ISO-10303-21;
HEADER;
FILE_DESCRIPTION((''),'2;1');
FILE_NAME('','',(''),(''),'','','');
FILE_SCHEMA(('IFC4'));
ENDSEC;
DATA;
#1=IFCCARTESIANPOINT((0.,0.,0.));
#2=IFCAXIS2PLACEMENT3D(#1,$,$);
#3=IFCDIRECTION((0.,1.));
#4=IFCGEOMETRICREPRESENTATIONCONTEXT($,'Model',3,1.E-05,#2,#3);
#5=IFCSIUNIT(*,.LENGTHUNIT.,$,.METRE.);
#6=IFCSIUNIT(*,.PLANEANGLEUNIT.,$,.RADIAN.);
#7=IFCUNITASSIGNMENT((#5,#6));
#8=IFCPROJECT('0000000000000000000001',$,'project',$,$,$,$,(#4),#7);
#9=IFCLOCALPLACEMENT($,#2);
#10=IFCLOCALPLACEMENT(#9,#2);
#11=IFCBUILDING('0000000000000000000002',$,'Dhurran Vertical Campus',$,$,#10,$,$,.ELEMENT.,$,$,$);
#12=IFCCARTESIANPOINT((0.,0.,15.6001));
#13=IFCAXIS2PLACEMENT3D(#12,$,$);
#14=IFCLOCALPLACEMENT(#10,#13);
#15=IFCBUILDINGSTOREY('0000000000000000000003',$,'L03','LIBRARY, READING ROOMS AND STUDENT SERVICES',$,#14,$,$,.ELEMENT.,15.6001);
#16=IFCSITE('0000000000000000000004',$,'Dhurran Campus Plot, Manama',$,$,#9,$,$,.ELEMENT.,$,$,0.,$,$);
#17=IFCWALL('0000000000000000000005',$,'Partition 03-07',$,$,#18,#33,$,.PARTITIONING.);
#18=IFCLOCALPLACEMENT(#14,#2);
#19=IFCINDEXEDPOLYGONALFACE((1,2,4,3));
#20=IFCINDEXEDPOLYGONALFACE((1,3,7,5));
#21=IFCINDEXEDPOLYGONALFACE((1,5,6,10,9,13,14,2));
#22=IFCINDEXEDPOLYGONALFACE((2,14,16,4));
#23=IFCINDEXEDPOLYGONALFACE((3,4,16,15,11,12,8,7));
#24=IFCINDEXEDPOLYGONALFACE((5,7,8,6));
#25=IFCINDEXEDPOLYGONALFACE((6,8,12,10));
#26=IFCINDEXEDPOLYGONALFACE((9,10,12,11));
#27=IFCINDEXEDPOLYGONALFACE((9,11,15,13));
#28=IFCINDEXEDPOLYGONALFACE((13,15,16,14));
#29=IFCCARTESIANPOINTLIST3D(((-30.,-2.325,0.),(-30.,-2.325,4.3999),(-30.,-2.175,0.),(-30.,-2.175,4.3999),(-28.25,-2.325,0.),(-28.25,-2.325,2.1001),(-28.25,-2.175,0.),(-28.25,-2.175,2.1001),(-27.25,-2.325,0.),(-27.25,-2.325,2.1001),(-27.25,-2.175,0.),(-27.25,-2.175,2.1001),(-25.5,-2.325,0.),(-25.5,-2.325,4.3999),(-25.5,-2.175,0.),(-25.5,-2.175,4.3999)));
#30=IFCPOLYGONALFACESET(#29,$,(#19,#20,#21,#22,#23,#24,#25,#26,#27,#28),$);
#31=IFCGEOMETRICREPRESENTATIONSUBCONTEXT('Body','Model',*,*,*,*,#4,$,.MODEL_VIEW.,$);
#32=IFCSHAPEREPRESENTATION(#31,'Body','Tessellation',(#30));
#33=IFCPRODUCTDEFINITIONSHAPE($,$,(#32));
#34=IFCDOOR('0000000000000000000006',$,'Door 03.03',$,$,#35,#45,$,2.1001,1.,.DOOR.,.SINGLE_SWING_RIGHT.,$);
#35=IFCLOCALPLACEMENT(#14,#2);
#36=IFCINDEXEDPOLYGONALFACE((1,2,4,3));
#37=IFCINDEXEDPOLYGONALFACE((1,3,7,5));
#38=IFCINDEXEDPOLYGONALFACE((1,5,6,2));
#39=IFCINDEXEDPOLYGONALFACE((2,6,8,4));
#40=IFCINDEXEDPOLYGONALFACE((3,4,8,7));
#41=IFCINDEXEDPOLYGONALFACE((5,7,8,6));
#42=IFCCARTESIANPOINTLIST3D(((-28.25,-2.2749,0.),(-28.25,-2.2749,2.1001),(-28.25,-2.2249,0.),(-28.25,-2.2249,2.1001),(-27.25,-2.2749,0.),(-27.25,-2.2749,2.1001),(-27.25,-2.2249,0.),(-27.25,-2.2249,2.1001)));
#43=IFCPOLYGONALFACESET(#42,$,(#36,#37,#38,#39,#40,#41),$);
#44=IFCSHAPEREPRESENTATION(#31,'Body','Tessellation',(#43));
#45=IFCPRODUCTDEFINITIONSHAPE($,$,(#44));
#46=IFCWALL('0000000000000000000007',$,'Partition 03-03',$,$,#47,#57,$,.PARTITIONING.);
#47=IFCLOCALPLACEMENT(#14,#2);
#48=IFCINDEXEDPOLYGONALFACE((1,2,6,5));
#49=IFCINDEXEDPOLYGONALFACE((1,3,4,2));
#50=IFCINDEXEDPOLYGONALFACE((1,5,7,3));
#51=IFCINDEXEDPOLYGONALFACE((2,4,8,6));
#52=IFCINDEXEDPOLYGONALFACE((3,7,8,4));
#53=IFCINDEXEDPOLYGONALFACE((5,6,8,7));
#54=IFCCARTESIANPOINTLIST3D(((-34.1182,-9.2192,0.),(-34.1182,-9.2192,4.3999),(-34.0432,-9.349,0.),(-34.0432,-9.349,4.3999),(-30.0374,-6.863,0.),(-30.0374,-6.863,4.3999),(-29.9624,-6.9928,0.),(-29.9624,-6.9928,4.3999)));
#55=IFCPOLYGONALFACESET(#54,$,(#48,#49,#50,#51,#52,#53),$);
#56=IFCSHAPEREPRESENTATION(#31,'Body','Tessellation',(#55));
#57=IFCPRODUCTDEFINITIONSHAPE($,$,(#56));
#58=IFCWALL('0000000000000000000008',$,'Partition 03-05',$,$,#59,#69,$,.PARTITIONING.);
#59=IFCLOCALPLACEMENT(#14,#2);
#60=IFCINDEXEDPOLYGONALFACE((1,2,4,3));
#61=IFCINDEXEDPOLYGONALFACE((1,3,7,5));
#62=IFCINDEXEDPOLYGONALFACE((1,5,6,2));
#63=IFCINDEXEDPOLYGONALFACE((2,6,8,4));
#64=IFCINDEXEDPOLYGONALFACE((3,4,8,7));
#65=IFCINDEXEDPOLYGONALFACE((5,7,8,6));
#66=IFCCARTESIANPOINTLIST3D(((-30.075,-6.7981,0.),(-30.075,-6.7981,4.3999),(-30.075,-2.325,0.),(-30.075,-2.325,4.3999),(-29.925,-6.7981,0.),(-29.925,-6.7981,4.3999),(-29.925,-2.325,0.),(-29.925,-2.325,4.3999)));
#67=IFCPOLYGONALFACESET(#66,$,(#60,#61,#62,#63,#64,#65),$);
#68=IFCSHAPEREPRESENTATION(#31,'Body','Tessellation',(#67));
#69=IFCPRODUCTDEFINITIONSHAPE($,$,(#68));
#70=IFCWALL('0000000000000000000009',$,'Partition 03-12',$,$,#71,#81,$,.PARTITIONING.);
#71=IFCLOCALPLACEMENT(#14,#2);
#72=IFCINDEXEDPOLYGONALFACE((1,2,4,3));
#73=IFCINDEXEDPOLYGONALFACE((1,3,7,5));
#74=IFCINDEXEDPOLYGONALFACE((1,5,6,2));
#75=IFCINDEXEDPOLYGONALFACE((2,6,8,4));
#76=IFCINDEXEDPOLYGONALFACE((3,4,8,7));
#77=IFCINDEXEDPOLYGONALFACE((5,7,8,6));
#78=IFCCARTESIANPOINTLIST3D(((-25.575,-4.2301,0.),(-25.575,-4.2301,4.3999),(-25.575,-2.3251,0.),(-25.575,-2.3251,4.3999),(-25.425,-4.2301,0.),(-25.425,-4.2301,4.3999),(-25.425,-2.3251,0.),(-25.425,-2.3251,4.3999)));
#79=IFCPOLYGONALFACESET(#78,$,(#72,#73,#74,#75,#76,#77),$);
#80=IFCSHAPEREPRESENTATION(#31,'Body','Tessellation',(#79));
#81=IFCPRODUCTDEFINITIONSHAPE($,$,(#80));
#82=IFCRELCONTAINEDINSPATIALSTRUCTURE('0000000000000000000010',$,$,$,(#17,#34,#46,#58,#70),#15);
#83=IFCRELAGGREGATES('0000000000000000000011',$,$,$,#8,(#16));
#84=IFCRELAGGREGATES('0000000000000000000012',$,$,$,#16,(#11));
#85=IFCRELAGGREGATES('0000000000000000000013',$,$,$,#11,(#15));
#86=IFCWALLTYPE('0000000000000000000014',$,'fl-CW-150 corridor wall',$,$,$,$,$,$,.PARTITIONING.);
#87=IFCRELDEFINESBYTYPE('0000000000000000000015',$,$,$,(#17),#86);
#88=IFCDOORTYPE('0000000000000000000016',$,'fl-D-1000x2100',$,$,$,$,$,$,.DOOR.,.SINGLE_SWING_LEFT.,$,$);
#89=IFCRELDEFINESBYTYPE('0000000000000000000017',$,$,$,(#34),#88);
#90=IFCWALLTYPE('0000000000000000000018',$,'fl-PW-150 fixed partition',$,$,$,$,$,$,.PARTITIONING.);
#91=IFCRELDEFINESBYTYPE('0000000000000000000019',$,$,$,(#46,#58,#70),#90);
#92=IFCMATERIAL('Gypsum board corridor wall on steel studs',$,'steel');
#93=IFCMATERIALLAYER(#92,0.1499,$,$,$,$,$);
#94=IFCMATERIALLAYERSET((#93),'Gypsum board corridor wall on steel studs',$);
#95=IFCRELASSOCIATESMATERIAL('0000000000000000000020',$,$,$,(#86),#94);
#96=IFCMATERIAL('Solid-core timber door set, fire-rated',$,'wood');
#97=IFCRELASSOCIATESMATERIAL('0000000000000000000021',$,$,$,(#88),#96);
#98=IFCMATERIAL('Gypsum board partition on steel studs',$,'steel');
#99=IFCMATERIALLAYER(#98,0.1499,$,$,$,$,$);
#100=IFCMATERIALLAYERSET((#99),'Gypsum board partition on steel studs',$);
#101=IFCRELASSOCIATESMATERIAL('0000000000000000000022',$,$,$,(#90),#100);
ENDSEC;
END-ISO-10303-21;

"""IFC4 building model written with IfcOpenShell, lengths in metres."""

from ifc_helpers import new_model, si_unit, direction, frame, frame_2d, origin, place, context, subcontext, project, spatial, rectangle, extrude, material, layer, layer_set, type_object, element, fill, save


model = new_model("IFC4")

# Units and contexts
model_context = context("Model", 3, precision=1e-05, world=origin(), true_north=direction((0.0, 1.0)))
body_context = subcontext(model_context, "Body", "Model", "MODEL_VIEW")
ifc_project = project(units=[si_unit("LENGTHUNIT", "METRE"), si_unit("PLANEANGLEUNIT", "RADIAN")], contexts=[model_context])

# Site, building, storey
site_placement = place(None, origin())
site = spatial("IfcSite", under=ifc_project, at=site_placement, Name="Dhurran Campus Plot, Manama", CompositionType="ELEMENT", RefElevation=0.0)
building_placement = place(site_placement, origin())
building = spatial("IfcBuilding", under=site, at=building_placement, Name="Dhurran Vertical Campus", CompositionType="ELEMENT")
storey_placement = place(building_placement, frame((0.0, 0.0, 15.6001)))
storey = spatial("IfcBuildingStorey", under=building, at=storey_placement, Name="L03", Description="LIBRARY, READING ROOMS AND STUDENT SERVICES", CompositionType="ELEMENT", Elevation=15.6001)

# Wall, opening, door
ifc_material_1 = material(Name="Gypsum board corridor wall on steel studs", Category="steel")
ifc_layer_1 = layer(ifc_material_1, 0.1499)
ifc_layer_set_1 = layer_set([ifc_layer_1], Name="Gypsum board corridor wall on steel studs")
wall_type_1 = type_object("IfcWallType", Name="fl-CW-150 corridor wall", PredefinedType="PARTITIONING", material=ifc_layer_set_1)
ifc_material_2 = material(Name="Solid-core timber door set, fire-rated", Category="wood")
door_type = type_object("IfcDoorType", Name="fl-D-1000x2100", OperationType="SINGLE_SWING_LEFT", PredefinedType="DOOR", material=ifc_material_2)
wall_1_placement = place(storey_placement, frame((-25.5, -2.25, 0.0), z_axis=(0.0, 0.0, 1.0), x_axis=(-1.0, 0.0, 0.0)))
wall_1 = element("IfcWall", 1, at=wall_1_placement, inside=storey, type_object=wall_type_1, Name="Partition 03-07", PredefinedType="PARTITIONING", context=body_context, shape_type="SweptSolid", body=[
    extrude(rectangle(XDim=4.5, YDim=0.1499, at=frame_2d((2.25, 0.0))), origin(), (0.0, 0.0, 1.0), 4.3999),
])
opening_1_placement = place(wall_1_placement, frame((1.75, 0.0, 0.0)))
opening_1 = element("IfcOpeningElement", 2, at=opening_1_placement, cuts=wall_1, PredefinedType="OPENING", context=body_context, shape_type="SweptSolid", body=[
    extrude(rectangle(XDim=1.0, YDim=2.1001, at=frame_2d((0.5, 1.05))), frame((0.0, 0.085, 0.0), z_axis=(0.0, -1.0, 0.0), x_axis=(1.0, 0.0, 0.0)), (0.0, 0.0, 1.0), 0.1699),
])
door_1_placement = place(opening_1_placement, origin())
door_1 = element("IfcDoor", 3, at=door_1_placement, inside=storey, type_object=door_type, Name="Door 03.03", OperationType="SINGLE_SWING_RIGHT", OverallHeight=2.1001, OverallWidth=1.0, PredefinedType="DOOR", context=body_context, shape_type="SweptSolid", body=[
    extrude(rectangle(XDim=1.0, YDim=2.1001, at=frame_2d((0.5, 1.05))), frame((0.0, 0.0249, 0.0), z_axis=(0.0, -1.0, 0.0), x_axis=(1.0, 0.0, 0.0)), (0.0, 0.0, 1.0), 0.05),
])
fill(opening_1, door_1)

# Walls
ifc_material_3 = material(Name="Gypsum board partition on steel studs", Category="steel")
ifc_layer_2 = layer(ifc_material_3, 0.1499)
ifc_layer_set_2 = layer_set([ifc_layer_2], Name="Gypsum board partition on steel studs")
wall_type_2 = type_object("IfcWallType", Name="fl-PW-150 fixed partition", PredefinedType="PARTITIONING", material=ifc_layer_set_2)
wall_2_placement = place(storey_placement, frame((-30.0, -6.928, 0.0), z_axis=(0.0, 0.0, 1.0), x_axis=(-0.866012, -0.500023, 0.0)))
element("IfcWall", 4, at=wall_2_placement, inside=storey, type_object=wall_type_2, Name="Partition 03-03", PredefinedType="PARTITIONING", context=body_context, shape_type="SweptSolid", body=[
    extrude(rectangle(XDim=4.7122, YDim=0.1499, at=frame_2d((2.356, 0.0))), origin(), (0.0, 0.0, 1.0), 4.3999),
])
wall_3_placement = place(storey_placement, frame((-30.0, -2.325, 0.0), z_axis=(0.0, 0.0, 1.0), x_axis=(0.0, -1.0, 0.0)))
element("IfcWall", 5, at=wall_3_placement, inside=storey, type_object=wall_type_2, Name="Partition 03-05", PredefinedType="PARTITIONING", context=body_context, shape_type="SweptSolid", body=[
    extrude(rectangle(XDim=4.4731, YDim=0.1499, at=frame_2d((2.2366, 0.0))), origin(), (0.0, 0.0, 1.0), 4.3999),
])
wall_4_placement = place(storey_placement, frame((-25.5, -2.325, 0.0), z_axis=(0.0, 0.0, 1.0), x_axis=(0.0, -1.0, 0.0)))
element("IfcWall", 6, at=wall_4_placement, inside=storey, type_object=wall_type_2, Name="Partition 03-12", PredefinedType="PARTITIONING", context=body_context, shape_type="SweptSolid", body=[
    extrude(rectangle(XDim=1.905, YDim=0.1499, at=frame_2d((0.9526, 0.0))), origin(), (0.0, 0.0, 1.0), 4.3999),
])

save(model, "model.ifc")
